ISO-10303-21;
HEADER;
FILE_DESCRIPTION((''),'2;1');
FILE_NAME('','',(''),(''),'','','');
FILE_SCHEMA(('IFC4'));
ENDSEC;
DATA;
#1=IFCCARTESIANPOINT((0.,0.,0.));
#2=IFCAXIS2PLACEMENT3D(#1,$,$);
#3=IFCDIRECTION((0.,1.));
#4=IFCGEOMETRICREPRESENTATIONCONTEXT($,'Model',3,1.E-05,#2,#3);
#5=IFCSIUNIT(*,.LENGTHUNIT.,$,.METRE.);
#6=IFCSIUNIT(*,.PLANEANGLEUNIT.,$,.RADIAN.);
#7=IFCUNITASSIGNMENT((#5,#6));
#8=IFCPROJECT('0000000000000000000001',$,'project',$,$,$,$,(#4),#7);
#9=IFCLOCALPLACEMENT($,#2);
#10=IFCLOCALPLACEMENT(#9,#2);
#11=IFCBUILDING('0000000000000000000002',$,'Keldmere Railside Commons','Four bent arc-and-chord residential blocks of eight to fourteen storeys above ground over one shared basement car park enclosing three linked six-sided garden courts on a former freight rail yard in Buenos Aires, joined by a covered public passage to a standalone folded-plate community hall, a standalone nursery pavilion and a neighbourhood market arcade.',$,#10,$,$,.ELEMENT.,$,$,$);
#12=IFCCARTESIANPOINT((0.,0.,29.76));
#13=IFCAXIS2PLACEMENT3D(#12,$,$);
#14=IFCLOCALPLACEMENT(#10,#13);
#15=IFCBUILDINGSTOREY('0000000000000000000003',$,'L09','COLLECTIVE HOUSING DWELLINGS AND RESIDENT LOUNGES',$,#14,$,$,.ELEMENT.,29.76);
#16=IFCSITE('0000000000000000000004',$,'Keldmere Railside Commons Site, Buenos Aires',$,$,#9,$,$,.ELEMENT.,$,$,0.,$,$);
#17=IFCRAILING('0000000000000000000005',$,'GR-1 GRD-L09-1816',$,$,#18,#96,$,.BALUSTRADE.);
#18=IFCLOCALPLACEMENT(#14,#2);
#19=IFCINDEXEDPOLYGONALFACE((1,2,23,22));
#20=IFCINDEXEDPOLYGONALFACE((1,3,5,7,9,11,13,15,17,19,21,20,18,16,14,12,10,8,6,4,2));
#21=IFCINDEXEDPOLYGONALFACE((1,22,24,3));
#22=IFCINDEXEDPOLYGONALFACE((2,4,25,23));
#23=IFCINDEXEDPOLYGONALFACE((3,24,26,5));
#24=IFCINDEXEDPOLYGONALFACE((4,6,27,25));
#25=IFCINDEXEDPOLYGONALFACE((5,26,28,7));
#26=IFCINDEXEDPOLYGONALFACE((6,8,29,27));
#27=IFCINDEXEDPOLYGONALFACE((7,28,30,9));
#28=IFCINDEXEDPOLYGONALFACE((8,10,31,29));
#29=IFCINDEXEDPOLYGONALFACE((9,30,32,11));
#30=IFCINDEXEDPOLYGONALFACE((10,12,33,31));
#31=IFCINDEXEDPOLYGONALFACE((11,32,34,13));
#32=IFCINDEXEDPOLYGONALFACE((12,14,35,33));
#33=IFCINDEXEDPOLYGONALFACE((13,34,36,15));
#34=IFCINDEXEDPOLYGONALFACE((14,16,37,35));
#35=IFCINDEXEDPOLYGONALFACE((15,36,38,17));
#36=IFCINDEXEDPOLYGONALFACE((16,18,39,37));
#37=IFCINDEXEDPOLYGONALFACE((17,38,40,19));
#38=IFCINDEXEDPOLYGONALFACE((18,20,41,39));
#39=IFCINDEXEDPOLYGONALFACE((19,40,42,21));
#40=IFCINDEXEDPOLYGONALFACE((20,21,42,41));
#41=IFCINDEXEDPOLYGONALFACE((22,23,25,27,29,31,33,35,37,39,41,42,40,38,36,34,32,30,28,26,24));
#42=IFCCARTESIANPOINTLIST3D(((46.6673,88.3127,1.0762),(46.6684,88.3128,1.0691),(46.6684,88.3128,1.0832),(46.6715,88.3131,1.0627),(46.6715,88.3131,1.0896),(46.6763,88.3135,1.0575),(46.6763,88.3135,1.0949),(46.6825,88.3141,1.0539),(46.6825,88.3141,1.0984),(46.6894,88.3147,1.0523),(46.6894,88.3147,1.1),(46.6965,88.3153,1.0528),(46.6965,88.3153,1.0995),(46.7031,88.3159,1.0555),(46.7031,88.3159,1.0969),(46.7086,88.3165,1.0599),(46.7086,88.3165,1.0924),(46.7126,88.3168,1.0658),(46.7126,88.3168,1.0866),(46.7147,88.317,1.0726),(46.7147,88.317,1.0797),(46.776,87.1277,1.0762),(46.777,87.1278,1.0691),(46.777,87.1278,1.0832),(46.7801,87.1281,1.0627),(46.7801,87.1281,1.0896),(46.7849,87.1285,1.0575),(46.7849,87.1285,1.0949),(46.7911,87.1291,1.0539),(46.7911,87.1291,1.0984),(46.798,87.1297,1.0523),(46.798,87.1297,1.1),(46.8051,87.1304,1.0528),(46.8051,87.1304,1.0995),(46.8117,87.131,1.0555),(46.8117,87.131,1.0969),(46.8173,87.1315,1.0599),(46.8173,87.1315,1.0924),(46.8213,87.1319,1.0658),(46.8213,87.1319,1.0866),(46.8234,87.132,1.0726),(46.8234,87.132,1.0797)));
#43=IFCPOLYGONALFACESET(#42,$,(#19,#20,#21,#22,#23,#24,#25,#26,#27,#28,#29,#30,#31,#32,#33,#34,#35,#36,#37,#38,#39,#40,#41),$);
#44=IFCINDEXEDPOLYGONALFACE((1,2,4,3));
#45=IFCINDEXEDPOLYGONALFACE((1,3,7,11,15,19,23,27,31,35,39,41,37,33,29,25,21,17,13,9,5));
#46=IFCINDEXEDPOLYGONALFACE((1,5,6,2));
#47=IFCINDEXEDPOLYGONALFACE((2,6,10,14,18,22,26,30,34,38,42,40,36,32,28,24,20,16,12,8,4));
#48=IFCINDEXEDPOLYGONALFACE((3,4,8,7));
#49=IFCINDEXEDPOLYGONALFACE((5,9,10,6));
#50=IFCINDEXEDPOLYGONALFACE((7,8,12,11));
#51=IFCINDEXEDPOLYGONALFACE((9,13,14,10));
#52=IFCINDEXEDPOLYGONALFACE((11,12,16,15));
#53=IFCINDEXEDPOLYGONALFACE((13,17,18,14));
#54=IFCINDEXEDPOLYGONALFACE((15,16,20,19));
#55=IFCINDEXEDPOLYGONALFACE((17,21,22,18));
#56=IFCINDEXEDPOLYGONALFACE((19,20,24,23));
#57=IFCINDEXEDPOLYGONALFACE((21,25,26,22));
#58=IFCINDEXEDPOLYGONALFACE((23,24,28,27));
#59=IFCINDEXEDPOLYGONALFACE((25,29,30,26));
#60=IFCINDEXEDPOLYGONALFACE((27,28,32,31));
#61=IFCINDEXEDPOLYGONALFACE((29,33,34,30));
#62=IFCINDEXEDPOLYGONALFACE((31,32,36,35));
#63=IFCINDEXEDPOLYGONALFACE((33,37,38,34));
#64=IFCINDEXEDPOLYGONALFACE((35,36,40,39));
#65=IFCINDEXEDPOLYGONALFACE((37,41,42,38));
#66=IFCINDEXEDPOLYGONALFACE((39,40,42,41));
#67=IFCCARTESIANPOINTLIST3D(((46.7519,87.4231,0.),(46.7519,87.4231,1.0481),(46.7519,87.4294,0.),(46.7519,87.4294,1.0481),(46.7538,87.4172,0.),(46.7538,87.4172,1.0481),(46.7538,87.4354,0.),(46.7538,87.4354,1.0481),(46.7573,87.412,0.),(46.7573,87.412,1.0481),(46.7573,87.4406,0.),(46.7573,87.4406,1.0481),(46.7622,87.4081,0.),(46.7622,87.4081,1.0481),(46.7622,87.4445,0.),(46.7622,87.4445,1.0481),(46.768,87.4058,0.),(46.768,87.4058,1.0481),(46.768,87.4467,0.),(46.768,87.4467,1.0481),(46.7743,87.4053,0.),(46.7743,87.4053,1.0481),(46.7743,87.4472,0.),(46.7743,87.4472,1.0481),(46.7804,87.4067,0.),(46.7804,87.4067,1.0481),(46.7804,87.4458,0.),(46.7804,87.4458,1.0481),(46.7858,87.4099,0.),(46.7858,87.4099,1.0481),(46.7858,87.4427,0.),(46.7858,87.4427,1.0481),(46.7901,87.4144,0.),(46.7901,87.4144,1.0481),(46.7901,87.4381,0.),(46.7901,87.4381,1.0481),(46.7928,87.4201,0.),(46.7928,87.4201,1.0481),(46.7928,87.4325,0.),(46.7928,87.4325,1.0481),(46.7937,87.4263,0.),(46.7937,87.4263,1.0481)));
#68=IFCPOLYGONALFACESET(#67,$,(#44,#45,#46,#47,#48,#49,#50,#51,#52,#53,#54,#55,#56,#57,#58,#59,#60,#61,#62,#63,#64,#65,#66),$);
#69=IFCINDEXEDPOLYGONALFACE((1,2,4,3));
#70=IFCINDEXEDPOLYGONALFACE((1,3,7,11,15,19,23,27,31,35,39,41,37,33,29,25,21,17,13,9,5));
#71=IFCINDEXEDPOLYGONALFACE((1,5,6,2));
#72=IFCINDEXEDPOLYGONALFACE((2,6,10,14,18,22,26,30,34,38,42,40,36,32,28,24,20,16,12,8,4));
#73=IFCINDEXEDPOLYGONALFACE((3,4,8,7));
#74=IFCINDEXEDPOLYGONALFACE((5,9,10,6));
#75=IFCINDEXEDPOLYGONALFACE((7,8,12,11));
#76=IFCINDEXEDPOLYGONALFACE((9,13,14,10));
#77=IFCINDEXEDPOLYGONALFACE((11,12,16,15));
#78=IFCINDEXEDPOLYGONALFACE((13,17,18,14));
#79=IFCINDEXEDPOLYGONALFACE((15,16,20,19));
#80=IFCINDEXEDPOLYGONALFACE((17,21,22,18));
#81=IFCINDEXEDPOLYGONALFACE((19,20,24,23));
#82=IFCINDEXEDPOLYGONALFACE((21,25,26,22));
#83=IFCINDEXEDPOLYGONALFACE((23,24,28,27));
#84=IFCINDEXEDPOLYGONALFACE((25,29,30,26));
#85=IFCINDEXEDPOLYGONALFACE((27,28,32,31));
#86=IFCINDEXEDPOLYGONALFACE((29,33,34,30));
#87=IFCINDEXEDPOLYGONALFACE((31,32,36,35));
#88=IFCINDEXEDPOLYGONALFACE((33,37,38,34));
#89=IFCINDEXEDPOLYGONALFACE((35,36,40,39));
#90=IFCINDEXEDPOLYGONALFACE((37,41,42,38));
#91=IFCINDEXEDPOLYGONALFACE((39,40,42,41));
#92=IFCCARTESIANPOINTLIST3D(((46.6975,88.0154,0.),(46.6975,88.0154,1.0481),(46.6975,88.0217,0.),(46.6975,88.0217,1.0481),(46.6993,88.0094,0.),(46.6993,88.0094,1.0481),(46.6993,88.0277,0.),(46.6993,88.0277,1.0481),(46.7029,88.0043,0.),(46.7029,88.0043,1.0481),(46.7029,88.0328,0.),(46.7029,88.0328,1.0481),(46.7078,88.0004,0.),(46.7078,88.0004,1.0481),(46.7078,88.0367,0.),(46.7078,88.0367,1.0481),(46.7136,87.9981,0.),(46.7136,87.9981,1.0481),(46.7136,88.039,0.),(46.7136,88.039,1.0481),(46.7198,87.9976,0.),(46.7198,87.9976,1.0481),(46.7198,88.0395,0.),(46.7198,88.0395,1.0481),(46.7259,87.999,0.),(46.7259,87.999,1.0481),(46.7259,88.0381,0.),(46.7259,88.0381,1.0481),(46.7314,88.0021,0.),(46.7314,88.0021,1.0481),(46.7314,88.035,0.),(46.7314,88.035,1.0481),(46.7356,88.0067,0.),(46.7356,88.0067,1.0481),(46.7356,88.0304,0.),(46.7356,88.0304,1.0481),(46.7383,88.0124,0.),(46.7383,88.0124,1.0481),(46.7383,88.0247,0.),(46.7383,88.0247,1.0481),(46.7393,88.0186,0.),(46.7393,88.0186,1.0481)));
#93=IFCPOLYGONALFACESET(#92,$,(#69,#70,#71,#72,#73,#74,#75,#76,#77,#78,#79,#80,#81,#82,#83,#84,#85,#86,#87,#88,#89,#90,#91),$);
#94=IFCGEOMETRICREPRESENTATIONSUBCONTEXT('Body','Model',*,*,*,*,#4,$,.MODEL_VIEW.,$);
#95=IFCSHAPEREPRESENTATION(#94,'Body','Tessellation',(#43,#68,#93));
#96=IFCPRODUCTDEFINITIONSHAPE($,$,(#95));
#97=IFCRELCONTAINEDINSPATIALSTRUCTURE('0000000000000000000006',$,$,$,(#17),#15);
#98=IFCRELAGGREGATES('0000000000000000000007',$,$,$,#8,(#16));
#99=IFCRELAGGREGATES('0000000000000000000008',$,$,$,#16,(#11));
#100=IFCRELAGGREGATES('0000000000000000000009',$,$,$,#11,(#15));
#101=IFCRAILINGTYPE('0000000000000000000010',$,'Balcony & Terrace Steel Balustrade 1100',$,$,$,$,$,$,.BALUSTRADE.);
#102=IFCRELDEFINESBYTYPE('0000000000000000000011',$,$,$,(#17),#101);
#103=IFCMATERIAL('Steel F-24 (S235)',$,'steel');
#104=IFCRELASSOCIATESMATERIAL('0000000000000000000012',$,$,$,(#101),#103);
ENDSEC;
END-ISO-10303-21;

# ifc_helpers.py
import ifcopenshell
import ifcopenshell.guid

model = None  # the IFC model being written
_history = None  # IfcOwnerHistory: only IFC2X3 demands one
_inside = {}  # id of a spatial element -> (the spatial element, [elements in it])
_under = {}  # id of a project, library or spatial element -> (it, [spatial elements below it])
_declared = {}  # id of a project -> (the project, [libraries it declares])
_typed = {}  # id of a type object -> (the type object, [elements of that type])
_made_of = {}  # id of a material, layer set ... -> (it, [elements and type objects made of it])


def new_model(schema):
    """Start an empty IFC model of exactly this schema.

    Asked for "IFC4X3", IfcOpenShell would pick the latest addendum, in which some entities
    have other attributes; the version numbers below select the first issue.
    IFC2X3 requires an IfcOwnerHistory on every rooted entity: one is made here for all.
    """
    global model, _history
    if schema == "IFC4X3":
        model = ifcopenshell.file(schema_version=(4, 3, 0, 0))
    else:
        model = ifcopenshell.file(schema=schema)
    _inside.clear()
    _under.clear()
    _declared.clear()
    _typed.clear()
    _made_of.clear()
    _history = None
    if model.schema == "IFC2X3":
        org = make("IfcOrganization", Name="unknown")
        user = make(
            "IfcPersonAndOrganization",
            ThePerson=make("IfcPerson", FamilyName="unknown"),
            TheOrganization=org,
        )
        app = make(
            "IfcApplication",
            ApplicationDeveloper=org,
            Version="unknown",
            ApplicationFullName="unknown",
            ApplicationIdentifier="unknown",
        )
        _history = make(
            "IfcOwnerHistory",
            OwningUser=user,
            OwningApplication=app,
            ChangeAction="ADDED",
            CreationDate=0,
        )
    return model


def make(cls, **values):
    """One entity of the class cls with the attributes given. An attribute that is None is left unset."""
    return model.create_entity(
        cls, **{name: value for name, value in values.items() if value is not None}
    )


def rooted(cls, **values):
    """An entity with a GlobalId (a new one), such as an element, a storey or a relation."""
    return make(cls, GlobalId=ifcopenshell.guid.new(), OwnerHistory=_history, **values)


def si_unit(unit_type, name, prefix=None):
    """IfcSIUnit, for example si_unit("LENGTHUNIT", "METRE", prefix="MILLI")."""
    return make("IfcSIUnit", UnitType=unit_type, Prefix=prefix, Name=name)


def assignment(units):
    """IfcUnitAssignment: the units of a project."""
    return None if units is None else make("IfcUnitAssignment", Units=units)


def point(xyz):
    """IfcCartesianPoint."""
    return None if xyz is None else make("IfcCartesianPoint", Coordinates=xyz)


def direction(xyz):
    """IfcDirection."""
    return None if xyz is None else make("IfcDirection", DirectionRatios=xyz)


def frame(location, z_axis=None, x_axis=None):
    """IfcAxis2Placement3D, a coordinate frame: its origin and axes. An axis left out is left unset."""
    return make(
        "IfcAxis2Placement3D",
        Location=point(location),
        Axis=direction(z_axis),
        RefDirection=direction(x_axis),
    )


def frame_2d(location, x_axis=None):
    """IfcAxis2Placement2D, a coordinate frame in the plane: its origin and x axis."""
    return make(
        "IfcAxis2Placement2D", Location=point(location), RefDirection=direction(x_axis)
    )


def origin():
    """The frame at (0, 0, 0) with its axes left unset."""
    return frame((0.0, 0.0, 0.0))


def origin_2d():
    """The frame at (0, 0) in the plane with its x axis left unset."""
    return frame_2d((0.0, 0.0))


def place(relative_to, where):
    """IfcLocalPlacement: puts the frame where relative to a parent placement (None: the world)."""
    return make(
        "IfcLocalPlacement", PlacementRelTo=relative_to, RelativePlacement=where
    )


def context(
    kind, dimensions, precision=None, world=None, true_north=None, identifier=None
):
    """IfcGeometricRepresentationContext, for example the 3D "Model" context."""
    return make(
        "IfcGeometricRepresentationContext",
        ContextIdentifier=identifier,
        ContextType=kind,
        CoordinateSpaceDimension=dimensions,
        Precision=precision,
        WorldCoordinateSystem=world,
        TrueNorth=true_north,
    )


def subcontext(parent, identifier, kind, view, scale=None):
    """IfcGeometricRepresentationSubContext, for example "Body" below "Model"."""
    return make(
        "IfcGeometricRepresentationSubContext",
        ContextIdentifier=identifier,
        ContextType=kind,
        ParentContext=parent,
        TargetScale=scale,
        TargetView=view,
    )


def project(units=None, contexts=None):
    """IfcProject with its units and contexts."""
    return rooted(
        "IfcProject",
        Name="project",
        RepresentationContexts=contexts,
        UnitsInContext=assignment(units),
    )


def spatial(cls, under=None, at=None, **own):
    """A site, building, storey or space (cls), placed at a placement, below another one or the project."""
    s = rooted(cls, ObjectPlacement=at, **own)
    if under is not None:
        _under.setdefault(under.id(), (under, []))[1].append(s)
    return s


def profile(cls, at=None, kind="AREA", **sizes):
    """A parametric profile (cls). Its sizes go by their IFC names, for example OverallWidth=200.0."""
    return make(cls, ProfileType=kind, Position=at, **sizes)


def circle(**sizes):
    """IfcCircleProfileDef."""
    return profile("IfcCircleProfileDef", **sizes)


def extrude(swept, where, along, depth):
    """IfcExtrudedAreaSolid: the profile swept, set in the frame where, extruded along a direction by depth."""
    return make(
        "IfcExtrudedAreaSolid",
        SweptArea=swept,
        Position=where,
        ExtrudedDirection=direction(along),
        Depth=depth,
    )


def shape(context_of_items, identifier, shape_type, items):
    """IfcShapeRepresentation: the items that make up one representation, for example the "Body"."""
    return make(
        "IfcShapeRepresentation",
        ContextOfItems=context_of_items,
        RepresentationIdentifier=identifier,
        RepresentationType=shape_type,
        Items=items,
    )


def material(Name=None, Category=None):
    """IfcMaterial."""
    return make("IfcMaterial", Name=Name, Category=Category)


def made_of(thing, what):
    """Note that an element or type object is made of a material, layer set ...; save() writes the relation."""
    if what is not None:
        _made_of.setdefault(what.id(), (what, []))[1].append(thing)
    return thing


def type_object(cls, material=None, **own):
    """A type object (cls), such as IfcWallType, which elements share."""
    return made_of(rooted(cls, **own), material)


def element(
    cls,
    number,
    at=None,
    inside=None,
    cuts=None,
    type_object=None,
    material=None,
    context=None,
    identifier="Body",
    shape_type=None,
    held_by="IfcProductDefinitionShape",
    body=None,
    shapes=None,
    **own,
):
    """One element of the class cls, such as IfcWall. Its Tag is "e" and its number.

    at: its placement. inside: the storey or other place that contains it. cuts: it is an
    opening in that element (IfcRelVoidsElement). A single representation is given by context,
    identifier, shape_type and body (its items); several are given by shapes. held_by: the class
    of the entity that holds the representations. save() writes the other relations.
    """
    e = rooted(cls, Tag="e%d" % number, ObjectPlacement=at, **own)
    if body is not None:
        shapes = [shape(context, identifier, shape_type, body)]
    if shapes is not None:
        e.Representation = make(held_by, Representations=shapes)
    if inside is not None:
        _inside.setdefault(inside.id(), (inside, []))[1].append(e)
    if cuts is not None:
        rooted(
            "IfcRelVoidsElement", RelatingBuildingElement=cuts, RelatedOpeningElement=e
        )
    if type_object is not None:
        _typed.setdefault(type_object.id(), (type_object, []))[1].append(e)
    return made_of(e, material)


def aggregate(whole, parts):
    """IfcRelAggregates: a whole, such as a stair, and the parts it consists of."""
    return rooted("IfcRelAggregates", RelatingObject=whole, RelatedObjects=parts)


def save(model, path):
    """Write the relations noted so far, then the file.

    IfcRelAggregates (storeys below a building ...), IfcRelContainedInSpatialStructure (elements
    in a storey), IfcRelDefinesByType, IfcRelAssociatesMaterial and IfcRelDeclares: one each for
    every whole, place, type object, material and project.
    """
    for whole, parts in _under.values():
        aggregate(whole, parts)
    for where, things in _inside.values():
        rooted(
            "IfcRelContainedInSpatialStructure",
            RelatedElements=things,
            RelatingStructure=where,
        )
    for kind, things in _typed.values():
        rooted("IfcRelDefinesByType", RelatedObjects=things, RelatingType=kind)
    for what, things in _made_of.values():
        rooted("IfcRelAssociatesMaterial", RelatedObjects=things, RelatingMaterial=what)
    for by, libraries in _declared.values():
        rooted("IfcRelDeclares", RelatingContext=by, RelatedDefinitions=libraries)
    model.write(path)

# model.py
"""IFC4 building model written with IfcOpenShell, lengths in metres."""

from ifc_helpers import new_model, si_unit, direction, frame, origin, origin_2d, place, context, subcontext, project, spatial, circle, extrude, material, type_object, element, save


model = new_model("IFC4")

# Units and contexts
model_context = context("Model", 3, precision=1e-05, world=origin(), true_north=direction((0.0, 1.0)))
body_context = subcontext(model_context, "Body", "Model", "MODEL_VIEW")
ifc_project = project(units=[si_unit("LENGTHUNIT", "METRE"), si_unit("PLANEANGLEUNIT", "RADIAN")], contexts=[model_context])

# Site, building, storey
site_placement = place(None, origin())
site = spatial("IfcSite", under=ifc_project, at=site_placement, Name="Keldmere Railside Commons Site, Buenos Aires", CompositionType="ELEMENT", RefElevation=0.0)
building_placement = place(site_placement, origin())
building = spatial("IfcBuilding", under=site, at=building_placement, Name="Keldmere Railside Commons", Description="Four bent arc-and-chord residential blocks of eight to fourteen storeys above ground over one shared basement car park enclosing three linked six-sided garden courts on a former freight rail yard in Buenos Aires, joined by a covered public passage to a standalone folded-plate community hall, a standalone nursery pavilion and a neighbourhood market arcade.", CompositionType="ELEMENT")
storey_placement = place(building_placement, frame((0.0, 0.0, 29.76)))
storey = spatial("IfcBuildingStorey", under=building, at=storey_placement, Name="L09", Description="COLLECTIVE HOUSING DWELLINGS AND RESIDENT LOUNGES", CompositionType="ELEMENT", Elevation=29.76)

# Shared definitions
ifc_material_1 = material(Name="Steel F-24 (S235)", Category="steel")

# Railing
railing_type = type_object("IfcRailingType", Name="Balcony & Terrace Steel Balustrade 1100", PredefinedType="BALUSTRADE", material=ifc_material_1)
railing_1_placement = place(storey_placement, frame((46.7998, 87.1299, 0.0)))
element("IfcRailing", 1, at=railing_1_placement, inside=storey, type_object=railing_type, Name="GR-1 GRD-L09-1816", PredefinedType="BALUSTRADE", context=body_context, shape_type="SweptSolid", body=[
    extrude(circle(Radius=0.0239, at=origin_2d()), frame((0.0, 0.0, 1.0762), z_axis=(-0.091294, 0.995824, 0.0), x_axis=(-0.995824, -0.091294, 0.0)), (0.0, 0.0, 1.0), 1.1899),
    extrude(circle(Radius=0.021, at=origin_2d()), frame((-0.0271, 0.2964, 0.0)), (0.0, 0.0, 1.0), 1.0481),
    extrude(circle(Radius=0.021, at=origin_2d()), frame((-0.0815, 0.8887, 0.0)), (0.0, 0.0, 1.0), 1.0481),
])

save(model, "model.ifc")
